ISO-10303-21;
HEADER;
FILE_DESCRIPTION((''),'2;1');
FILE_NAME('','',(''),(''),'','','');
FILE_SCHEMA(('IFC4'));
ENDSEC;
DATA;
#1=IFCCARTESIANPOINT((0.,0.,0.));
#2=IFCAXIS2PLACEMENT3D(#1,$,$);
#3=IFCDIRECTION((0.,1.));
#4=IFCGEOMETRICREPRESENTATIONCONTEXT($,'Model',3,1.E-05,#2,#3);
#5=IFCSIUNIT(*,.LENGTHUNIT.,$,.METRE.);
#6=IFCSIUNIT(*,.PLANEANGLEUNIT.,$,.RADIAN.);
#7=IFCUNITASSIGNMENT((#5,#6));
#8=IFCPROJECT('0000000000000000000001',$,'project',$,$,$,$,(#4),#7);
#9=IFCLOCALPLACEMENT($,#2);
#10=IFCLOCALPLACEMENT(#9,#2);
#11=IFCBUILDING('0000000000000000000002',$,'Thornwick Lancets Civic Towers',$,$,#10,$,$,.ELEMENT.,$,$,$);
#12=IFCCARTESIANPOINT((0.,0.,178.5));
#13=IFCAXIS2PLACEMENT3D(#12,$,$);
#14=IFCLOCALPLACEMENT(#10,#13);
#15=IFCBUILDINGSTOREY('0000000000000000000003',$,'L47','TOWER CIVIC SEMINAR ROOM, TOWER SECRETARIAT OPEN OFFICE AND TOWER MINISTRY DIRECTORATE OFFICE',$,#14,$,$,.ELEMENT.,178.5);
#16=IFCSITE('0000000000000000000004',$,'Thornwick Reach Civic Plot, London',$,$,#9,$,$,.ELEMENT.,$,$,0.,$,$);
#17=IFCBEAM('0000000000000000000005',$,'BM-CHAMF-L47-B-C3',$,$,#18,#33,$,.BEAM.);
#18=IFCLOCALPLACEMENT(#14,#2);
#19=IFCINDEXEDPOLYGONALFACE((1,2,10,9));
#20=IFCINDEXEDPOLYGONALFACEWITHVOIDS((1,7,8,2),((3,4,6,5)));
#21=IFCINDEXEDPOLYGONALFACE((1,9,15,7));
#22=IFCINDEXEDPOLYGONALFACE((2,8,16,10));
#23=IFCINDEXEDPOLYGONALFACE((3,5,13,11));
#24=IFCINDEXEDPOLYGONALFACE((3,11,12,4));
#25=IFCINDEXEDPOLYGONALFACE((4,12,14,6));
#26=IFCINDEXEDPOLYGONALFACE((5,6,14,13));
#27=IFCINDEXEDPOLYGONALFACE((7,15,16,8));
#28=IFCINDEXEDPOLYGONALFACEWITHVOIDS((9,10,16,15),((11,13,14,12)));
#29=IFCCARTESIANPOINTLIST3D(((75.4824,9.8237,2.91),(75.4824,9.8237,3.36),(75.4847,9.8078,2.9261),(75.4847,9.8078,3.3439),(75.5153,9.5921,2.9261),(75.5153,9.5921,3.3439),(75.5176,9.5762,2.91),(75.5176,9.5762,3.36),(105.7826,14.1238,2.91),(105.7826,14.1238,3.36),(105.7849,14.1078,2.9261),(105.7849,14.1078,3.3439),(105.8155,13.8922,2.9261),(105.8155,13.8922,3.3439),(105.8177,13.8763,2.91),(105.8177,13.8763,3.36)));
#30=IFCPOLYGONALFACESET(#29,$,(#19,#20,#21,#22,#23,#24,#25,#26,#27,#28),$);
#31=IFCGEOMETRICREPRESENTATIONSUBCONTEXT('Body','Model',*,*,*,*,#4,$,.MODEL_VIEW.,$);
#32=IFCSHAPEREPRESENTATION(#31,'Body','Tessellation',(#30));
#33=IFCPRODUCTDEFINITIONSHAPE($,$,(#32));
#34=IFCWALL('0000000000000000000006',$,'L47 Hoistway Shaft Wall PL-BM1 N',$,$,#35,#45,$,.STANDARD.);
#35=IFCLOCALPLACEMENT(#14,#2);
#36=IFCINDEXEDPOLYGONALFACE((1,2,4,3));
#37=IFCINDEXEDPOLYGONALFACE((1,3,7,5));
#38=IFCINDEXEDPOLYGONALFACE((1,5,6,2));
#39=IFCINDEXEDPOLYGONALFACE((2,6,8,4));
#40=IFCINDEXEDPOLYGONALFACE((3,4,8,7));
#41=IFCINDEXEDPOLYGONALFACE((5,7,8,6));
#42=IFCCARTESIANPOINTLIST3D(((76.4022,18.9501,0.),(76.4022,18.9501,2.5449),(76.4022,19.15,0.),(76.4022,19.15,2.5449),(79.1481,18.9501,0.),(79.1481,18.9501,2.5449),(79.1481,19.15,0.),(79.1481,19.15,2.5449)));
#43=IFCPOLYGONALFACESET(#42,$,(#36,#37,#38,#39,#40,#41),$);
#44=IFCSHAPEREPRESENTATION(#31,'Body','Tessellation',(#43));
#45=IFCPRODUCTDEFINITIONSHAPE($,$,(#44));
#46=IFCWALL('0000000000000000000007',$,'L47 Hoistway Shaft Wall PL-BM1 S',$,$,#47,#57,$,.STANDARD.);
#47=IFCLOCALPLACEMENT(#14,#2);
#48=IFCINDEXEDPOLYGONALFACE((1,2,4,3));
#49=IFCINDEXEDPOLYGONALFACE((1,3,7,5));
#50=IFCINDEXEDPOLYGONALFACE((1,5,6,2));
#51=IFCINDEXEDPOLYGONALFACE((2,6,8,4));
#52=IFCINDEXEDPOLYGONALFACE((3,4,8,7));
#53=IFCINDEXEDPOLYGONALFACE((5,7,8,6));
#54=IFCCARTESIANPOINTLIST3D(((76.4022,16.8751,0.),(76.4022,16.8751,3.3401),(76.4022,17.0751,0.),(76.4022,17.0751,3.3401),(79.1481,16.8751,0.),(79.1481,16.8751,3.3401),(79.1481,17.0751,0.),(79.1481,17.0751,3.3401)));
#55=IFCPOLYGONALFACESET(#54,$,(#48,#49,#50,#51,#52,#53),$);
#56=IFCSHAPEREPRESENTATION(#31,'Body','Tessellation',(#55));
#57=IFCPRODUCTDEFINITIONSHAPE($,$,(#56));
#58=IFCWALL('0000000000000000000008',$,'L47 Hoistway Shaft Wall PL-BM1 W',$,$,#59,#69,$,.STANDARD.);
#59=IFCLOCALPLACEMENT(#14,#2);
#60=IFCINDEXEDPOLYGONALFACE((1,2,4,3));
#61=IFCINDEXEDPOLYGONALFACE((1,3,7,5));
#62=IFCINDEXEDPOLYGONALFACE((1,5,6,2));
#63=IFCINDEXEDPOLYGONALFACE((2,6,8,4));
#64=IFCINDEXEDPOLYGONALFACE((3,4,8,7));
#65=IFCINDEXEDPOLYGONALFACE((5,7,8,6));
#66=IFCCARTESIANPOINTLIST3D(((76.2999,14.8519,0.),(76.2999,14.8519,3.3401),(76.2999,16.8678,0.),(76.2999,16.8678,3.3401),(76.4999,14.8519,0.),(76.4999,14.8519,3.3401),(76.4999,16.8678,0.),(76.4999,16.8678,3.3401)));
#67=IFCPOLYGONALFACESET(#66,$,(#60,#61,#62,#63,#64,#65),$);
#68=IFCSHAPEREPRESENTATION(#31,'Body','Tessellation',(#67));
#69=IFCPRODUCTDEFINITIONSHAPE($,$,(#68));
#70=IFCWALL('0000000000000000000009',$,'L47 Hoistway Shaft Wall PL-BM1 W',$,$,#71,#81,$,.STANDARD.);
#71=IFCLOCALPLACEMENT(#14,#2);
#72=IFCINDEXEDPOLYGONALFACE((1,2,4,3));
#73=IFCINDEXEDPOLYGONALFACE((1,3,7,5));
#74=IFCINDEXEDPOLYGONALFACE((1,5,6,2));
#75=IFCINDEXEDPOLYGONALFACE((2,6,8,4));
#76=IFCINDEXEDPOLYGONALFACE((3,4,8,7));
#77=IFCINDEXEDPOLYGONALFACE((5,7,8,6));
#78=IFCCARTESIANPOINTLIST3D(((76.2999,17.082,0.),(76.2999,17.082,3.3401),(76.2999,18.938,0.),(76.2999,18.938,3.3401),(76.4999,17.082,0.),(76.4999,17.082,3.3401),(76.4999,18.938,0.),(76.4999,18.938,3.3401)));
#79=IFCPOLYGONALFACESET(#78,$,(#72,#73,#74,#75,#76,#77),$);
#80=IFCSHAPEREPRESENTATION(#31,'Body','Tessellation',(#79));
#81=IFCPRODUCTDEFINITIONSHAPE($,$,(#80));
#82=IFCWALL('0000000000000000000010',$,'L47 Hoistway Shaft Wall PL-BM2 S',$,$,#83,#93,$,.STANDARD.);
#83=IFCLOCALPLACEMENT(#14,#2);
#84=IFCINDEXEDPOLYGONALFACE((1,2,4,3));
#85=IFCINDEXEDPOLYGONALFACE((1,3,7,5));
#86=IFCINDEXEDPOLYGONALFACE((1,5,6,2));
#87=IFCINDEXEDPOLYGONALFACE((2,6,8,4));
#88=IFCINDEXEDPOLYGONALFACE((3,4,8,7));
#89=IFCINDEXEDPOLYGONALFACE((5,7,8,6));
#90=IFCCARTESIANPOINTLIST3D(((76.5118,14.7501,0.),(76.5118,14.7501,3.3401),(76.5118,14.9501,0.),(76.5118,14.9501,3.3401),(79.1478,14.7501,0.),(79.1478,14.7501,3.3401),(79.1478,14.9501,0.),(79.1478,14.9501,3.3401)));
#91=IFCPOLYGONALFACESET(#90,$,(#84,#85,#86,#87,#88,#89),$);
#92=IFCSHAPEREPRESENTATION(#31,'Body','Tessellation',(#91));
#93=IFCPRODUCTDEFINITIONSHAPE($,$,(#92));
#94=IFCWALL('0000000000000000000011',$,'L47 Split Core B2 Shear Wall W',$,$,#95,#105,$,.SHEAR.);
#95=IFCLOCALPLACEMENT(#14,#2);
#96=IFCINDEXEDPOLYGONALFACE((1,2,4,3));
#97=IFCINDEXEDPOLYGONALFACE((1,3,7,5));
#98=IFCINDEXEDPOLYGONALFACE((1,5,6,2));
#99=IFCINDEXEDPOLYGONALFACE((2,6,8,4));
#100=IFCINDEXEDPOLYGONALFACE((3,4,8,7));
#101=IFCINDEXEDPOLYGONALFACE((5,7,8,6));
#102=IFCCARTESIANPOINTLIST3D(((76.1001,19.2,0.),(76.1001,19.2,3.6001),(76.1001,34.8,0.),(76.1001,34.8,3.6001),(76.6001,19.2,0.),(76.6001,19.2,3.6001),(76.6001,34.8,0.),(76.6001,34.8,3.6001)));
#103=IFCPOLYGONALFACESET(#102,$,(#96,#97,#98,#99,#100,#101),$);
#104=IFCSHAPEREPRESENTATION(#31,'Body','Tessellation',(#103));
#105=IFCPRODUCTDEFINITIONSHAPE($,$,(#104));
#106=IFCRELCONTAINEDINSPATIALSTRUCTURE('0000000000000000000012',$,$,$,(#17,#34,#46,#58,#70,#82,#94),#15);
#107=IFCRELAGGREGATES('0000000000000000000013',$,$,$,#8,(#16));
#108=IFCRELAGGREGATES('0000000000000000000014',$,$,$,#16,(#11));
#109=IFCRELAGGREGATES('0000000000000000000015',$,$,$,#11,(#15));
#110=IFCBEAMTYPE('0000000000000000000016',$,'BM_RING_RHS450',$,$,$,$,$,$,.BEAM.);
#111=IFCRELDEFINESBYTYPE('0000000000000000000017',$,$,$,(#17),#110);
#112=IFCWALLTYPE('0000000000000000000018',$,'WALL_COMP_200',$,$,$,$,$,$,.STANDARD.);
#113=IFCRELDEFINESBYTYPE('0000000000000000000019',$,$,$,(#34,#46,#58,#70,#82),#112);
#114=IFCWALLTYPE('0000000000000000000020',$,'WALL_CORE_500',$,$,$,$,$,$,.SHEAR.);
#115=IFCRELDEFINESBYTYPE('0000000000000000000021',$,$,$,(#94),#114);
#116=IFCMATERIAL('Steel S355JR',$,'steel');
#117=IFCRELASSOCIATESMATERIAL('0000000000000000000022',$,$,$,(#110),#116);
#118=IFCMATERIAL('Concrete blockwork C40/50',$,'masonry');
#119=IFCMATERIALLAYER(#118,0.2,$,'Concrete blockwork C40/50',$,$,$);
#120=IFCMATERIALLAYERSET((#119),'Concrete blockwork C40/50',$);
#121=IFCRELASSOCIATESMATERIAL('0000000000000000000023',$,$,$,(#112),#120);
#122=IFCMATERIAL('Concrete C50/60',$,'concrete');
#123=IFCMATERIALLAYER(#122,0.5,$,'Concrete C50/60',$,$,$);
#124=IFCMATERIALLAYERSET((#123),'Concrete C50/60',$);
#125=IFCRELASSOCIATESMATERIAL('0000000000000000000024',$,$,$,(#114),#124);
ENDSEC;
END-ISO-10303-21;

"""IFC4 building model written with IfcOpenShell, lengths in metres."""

from ifc_helpers import new_model, si_unit, direction, frame, frame_2d, origin, origin_2d, place, context, subcontext, project, spatial, rectangle, hollow_rectangle, extrude, material, layer, layer_set, material_profile, profile_set, type_object, element, save


model = new_model("IFC4")

# Units and contexts
model_context = context("Model", 3, precision=1e-05, world=origin(), true_north=direction((0.0, 1.0)))
body_context = subcontext(model_context, "Body", "Model", "MODEL_VIEW")
ifc_project = project(units=[si_unit("LENGTHUNIT", "METRE"), si_unit("PLANEANGLEUNIT", "RADIAN")], contexts=[model_context])

# Site, building, storey
site_placement = place(None, origin())
site = spatial("IfcSite", under=ifc_project, at=site_placement, Name="Thornwick Reach Civic Plot, London", CompositionType="ELEMENT", RefElevation=0.0)
building_placement = place(site_placement, origin())
building = spatial("IfcBuilding", under=site, at=building_placement, Name="Thornwick Lancets Civic Towers", CompositionType="ELEMENT")
storey_placement = place(building_placement, frame((0.0, 0.0, 178.5)))
storey = spatial("IfcBuildingStorey", under=building, at=storey_placement, Name="L47", Description="TOWER CIVIC SEMINAR ROOM, TOWER SECRETARIAT OPEN OFFICE AND TOWER MINISTRY DIRECTORATE OFFICE", CompositionType="ELEMENT", Elevation=178.5)

# Shared definitions
ifc_material_1 = material(Name="Concrete C50/60", Category="concrete")

# Beam
ifc_material_2 = material(Name="Steel S355JR", Category="steel")
ifc_material_profile_1 = material_profile(ifc_material_2, hollow_rectangle(XDim=0.25, YDim=0.45, WallThickness=0.0161, at=origin_2d()), Name="RHS 450x250x16")
ifc_profile_set_1 = profile_set([ifc_material_profile_1], Name="Steel S355JR")
beam_type_1 = type_object("IfcBeamType", Name="BM_RING_RHS450", PredefinedType="BEAM", material=ifc_profile_set_1)
beam_1_placement = place(storey_placement, frame((75.5, 9.7, 3.135), z_axis=(0.99008, 0.140508, 0.0), x_axis=(-0.140508, 0.99008, 0.0)))
element("IfcBeam", 1, at=beam_1_placement, inside=storey, type_object=beam_type_1, Name="BM-CHAMF-L47-B-C3", PredefinedType="BEAM", context=body_context, shape_type="SweptSolid", body=[
    extrude(hollow_rectangle(XDim=0.25, YDim=0.45, WallThickness=0.0161, at=origin_2d()), origin(), (0.0, 0.0, 1.0), 30.6038),
])

# Walls
ifc_material_3 = material(Name="Concrete blockwork C40/50", Category="masonry")
ifc_layer_1 = layer(ifc_material_3, 0.2, Name="Concrete blockwork C40/50")
ifc_layer_set_1 = layer_set([ifc_layer_1], Name="Concrete blockwork C40/50")
wall_type_1 = type_object("IfcWallType", Name="WALL_COMP_200", PredefinedType="STANDARD", material=ifc_layer_set_1)
wall_1_placement = place(storey_placement, frame((76.4021, 19.05, 0.0), z_axis=(0.0, 0.0, 1.0), x_axis=(1.0, 0.0, 0.0)))
element("IfcWall", 2, at=wall_1_placement, inside=storey, type_object=wall_type_1, Name="L47 Hoistway Shaft Wall PL-BM1 N", PredefinedType="STANDARD", context=body_context, shape_type="SweptSolid", body=[
    extrude(rectangle(XDim=2.7458, YDim=0.2, at=frame_2d((1.373, 0.0))), origin(), (0.0, 0.0, 1.0), 2.5449),
])
wall_2_placement = place(storey_placement, frame((76.4021, 16.9751, 0.0), z_axis=(0.0, 0.0, 1.0), x_axis=(1.0, 0.0, 0.0)))
element("IfcWall", 3, at=wall_2_placement, inside=storey, type_object=wall_type_1, Name="L47 Hoistway Shaft Wall PL-BM1 S", PredefinedType="STANDARD", context=body_context, shape_type="SweptSolid", body=[
    extrude(rectangle(XDim=2.7458, YDim=0.2, at=frame_2d((1.373, 0.0))), origin(), (0.0, 0.0, 1.0), 3.3401),
])
wall_3_placement = place(storey_placement, frame((76.3999, 14.8521, 0.0), z_axis=(0.0, 0.0, 1.0), x_axis=(0.0, 1.0, 0.0)))
element("IfcWall", 4, at=wall_3_placement, inside=storey, type_object=wall_type_1, Name="L47 Hoistway Shaft Wall PL-BM1 W", PredefinedType="STANDARD", context=body_context, shape_type="SweptSolid", body=[
    extrude(rectangle(XDim=2.0159, YDim=0.2, at=frame_2d((1.0078, 0.0))), origin(), (0.0, 0.0, 1.0), 3.3401),
])
wall_4_placement = place(storey_placement, frame((76.3999, 17.082, 0.0), z_axis=(0.0, 0.0, 1.0), x_axis=(0.0, 1.0, 0.0)))
element("IfcWall", 5, at=wall_4_placement, inside=storey, type_object=wall_type_1, Name="L47 Hoistway Shaft Wall PL-BM1 W", PredefinedType="STANDARD", context=body_context, shape_type="SweptSolid", body=[
    extrude(rectangle(XDim=1.856, YDim=0.2, at=frame_2d((0.928, 0.0))), origin(), (0.0, 0.0, 1.0), 3.3401),
])
wall_5_placement = place(storey_placement, frame((76.512, 14.8501, 0.0), z_axis=(0.0, 0.0, 1.0), x_axis=(1.0, 0.0, 0.0)))
element("IfcWall", 6, at=wall_5_placement, inside=storey, type_object=wall_type_1, Name="L47 Hoistway Shaft Wall PL-BM2 S", PredefinedType="STANDARD", context=body_context, shape_type="SweptSolid", body=[
    extrude(rectangle(XDim=2.636, YDim=0.2, at=frame_2d((1.3179, 0.0))), origin(), (0.0, 0.0, 1.0), 3.3401),
])
ifc_layer_2 = layer(ifc_material_1, 0.5, Name="Concrete C50/60")
ifc_layer_set_2 = layer_set([ifc_layer_2], Name="Concrete C50/60")
wall_type_2 = type_object("IfcWallType", Name="WALL_CORE_500", PredefinedType="SHEAR", material=ifc_layer_set_2)
wall_6_placement = place(storey_placement, frame((76.3501, 19.2, 0.0), z_axis=(0.0, 0.0, 1.0), x_axis=(0.0, 1.0, 0.0)))
element("IfcWall", 7, at=wall_6_placement, inside=storey, type_object=wall_type_2, Name="L47 Split Core B2 Shear Wall W", PredefinedType="SHEAR", context=body_context, shape_type="SweptSolid", body=[
    extrude(rectangle(XDim=15.6001, YDim=0.5, at=frame_2d((7.8, 0.0))), origin(), (0.0, 0.0, 1.0), 3.6001),
])

save(model, "model.ifc")
